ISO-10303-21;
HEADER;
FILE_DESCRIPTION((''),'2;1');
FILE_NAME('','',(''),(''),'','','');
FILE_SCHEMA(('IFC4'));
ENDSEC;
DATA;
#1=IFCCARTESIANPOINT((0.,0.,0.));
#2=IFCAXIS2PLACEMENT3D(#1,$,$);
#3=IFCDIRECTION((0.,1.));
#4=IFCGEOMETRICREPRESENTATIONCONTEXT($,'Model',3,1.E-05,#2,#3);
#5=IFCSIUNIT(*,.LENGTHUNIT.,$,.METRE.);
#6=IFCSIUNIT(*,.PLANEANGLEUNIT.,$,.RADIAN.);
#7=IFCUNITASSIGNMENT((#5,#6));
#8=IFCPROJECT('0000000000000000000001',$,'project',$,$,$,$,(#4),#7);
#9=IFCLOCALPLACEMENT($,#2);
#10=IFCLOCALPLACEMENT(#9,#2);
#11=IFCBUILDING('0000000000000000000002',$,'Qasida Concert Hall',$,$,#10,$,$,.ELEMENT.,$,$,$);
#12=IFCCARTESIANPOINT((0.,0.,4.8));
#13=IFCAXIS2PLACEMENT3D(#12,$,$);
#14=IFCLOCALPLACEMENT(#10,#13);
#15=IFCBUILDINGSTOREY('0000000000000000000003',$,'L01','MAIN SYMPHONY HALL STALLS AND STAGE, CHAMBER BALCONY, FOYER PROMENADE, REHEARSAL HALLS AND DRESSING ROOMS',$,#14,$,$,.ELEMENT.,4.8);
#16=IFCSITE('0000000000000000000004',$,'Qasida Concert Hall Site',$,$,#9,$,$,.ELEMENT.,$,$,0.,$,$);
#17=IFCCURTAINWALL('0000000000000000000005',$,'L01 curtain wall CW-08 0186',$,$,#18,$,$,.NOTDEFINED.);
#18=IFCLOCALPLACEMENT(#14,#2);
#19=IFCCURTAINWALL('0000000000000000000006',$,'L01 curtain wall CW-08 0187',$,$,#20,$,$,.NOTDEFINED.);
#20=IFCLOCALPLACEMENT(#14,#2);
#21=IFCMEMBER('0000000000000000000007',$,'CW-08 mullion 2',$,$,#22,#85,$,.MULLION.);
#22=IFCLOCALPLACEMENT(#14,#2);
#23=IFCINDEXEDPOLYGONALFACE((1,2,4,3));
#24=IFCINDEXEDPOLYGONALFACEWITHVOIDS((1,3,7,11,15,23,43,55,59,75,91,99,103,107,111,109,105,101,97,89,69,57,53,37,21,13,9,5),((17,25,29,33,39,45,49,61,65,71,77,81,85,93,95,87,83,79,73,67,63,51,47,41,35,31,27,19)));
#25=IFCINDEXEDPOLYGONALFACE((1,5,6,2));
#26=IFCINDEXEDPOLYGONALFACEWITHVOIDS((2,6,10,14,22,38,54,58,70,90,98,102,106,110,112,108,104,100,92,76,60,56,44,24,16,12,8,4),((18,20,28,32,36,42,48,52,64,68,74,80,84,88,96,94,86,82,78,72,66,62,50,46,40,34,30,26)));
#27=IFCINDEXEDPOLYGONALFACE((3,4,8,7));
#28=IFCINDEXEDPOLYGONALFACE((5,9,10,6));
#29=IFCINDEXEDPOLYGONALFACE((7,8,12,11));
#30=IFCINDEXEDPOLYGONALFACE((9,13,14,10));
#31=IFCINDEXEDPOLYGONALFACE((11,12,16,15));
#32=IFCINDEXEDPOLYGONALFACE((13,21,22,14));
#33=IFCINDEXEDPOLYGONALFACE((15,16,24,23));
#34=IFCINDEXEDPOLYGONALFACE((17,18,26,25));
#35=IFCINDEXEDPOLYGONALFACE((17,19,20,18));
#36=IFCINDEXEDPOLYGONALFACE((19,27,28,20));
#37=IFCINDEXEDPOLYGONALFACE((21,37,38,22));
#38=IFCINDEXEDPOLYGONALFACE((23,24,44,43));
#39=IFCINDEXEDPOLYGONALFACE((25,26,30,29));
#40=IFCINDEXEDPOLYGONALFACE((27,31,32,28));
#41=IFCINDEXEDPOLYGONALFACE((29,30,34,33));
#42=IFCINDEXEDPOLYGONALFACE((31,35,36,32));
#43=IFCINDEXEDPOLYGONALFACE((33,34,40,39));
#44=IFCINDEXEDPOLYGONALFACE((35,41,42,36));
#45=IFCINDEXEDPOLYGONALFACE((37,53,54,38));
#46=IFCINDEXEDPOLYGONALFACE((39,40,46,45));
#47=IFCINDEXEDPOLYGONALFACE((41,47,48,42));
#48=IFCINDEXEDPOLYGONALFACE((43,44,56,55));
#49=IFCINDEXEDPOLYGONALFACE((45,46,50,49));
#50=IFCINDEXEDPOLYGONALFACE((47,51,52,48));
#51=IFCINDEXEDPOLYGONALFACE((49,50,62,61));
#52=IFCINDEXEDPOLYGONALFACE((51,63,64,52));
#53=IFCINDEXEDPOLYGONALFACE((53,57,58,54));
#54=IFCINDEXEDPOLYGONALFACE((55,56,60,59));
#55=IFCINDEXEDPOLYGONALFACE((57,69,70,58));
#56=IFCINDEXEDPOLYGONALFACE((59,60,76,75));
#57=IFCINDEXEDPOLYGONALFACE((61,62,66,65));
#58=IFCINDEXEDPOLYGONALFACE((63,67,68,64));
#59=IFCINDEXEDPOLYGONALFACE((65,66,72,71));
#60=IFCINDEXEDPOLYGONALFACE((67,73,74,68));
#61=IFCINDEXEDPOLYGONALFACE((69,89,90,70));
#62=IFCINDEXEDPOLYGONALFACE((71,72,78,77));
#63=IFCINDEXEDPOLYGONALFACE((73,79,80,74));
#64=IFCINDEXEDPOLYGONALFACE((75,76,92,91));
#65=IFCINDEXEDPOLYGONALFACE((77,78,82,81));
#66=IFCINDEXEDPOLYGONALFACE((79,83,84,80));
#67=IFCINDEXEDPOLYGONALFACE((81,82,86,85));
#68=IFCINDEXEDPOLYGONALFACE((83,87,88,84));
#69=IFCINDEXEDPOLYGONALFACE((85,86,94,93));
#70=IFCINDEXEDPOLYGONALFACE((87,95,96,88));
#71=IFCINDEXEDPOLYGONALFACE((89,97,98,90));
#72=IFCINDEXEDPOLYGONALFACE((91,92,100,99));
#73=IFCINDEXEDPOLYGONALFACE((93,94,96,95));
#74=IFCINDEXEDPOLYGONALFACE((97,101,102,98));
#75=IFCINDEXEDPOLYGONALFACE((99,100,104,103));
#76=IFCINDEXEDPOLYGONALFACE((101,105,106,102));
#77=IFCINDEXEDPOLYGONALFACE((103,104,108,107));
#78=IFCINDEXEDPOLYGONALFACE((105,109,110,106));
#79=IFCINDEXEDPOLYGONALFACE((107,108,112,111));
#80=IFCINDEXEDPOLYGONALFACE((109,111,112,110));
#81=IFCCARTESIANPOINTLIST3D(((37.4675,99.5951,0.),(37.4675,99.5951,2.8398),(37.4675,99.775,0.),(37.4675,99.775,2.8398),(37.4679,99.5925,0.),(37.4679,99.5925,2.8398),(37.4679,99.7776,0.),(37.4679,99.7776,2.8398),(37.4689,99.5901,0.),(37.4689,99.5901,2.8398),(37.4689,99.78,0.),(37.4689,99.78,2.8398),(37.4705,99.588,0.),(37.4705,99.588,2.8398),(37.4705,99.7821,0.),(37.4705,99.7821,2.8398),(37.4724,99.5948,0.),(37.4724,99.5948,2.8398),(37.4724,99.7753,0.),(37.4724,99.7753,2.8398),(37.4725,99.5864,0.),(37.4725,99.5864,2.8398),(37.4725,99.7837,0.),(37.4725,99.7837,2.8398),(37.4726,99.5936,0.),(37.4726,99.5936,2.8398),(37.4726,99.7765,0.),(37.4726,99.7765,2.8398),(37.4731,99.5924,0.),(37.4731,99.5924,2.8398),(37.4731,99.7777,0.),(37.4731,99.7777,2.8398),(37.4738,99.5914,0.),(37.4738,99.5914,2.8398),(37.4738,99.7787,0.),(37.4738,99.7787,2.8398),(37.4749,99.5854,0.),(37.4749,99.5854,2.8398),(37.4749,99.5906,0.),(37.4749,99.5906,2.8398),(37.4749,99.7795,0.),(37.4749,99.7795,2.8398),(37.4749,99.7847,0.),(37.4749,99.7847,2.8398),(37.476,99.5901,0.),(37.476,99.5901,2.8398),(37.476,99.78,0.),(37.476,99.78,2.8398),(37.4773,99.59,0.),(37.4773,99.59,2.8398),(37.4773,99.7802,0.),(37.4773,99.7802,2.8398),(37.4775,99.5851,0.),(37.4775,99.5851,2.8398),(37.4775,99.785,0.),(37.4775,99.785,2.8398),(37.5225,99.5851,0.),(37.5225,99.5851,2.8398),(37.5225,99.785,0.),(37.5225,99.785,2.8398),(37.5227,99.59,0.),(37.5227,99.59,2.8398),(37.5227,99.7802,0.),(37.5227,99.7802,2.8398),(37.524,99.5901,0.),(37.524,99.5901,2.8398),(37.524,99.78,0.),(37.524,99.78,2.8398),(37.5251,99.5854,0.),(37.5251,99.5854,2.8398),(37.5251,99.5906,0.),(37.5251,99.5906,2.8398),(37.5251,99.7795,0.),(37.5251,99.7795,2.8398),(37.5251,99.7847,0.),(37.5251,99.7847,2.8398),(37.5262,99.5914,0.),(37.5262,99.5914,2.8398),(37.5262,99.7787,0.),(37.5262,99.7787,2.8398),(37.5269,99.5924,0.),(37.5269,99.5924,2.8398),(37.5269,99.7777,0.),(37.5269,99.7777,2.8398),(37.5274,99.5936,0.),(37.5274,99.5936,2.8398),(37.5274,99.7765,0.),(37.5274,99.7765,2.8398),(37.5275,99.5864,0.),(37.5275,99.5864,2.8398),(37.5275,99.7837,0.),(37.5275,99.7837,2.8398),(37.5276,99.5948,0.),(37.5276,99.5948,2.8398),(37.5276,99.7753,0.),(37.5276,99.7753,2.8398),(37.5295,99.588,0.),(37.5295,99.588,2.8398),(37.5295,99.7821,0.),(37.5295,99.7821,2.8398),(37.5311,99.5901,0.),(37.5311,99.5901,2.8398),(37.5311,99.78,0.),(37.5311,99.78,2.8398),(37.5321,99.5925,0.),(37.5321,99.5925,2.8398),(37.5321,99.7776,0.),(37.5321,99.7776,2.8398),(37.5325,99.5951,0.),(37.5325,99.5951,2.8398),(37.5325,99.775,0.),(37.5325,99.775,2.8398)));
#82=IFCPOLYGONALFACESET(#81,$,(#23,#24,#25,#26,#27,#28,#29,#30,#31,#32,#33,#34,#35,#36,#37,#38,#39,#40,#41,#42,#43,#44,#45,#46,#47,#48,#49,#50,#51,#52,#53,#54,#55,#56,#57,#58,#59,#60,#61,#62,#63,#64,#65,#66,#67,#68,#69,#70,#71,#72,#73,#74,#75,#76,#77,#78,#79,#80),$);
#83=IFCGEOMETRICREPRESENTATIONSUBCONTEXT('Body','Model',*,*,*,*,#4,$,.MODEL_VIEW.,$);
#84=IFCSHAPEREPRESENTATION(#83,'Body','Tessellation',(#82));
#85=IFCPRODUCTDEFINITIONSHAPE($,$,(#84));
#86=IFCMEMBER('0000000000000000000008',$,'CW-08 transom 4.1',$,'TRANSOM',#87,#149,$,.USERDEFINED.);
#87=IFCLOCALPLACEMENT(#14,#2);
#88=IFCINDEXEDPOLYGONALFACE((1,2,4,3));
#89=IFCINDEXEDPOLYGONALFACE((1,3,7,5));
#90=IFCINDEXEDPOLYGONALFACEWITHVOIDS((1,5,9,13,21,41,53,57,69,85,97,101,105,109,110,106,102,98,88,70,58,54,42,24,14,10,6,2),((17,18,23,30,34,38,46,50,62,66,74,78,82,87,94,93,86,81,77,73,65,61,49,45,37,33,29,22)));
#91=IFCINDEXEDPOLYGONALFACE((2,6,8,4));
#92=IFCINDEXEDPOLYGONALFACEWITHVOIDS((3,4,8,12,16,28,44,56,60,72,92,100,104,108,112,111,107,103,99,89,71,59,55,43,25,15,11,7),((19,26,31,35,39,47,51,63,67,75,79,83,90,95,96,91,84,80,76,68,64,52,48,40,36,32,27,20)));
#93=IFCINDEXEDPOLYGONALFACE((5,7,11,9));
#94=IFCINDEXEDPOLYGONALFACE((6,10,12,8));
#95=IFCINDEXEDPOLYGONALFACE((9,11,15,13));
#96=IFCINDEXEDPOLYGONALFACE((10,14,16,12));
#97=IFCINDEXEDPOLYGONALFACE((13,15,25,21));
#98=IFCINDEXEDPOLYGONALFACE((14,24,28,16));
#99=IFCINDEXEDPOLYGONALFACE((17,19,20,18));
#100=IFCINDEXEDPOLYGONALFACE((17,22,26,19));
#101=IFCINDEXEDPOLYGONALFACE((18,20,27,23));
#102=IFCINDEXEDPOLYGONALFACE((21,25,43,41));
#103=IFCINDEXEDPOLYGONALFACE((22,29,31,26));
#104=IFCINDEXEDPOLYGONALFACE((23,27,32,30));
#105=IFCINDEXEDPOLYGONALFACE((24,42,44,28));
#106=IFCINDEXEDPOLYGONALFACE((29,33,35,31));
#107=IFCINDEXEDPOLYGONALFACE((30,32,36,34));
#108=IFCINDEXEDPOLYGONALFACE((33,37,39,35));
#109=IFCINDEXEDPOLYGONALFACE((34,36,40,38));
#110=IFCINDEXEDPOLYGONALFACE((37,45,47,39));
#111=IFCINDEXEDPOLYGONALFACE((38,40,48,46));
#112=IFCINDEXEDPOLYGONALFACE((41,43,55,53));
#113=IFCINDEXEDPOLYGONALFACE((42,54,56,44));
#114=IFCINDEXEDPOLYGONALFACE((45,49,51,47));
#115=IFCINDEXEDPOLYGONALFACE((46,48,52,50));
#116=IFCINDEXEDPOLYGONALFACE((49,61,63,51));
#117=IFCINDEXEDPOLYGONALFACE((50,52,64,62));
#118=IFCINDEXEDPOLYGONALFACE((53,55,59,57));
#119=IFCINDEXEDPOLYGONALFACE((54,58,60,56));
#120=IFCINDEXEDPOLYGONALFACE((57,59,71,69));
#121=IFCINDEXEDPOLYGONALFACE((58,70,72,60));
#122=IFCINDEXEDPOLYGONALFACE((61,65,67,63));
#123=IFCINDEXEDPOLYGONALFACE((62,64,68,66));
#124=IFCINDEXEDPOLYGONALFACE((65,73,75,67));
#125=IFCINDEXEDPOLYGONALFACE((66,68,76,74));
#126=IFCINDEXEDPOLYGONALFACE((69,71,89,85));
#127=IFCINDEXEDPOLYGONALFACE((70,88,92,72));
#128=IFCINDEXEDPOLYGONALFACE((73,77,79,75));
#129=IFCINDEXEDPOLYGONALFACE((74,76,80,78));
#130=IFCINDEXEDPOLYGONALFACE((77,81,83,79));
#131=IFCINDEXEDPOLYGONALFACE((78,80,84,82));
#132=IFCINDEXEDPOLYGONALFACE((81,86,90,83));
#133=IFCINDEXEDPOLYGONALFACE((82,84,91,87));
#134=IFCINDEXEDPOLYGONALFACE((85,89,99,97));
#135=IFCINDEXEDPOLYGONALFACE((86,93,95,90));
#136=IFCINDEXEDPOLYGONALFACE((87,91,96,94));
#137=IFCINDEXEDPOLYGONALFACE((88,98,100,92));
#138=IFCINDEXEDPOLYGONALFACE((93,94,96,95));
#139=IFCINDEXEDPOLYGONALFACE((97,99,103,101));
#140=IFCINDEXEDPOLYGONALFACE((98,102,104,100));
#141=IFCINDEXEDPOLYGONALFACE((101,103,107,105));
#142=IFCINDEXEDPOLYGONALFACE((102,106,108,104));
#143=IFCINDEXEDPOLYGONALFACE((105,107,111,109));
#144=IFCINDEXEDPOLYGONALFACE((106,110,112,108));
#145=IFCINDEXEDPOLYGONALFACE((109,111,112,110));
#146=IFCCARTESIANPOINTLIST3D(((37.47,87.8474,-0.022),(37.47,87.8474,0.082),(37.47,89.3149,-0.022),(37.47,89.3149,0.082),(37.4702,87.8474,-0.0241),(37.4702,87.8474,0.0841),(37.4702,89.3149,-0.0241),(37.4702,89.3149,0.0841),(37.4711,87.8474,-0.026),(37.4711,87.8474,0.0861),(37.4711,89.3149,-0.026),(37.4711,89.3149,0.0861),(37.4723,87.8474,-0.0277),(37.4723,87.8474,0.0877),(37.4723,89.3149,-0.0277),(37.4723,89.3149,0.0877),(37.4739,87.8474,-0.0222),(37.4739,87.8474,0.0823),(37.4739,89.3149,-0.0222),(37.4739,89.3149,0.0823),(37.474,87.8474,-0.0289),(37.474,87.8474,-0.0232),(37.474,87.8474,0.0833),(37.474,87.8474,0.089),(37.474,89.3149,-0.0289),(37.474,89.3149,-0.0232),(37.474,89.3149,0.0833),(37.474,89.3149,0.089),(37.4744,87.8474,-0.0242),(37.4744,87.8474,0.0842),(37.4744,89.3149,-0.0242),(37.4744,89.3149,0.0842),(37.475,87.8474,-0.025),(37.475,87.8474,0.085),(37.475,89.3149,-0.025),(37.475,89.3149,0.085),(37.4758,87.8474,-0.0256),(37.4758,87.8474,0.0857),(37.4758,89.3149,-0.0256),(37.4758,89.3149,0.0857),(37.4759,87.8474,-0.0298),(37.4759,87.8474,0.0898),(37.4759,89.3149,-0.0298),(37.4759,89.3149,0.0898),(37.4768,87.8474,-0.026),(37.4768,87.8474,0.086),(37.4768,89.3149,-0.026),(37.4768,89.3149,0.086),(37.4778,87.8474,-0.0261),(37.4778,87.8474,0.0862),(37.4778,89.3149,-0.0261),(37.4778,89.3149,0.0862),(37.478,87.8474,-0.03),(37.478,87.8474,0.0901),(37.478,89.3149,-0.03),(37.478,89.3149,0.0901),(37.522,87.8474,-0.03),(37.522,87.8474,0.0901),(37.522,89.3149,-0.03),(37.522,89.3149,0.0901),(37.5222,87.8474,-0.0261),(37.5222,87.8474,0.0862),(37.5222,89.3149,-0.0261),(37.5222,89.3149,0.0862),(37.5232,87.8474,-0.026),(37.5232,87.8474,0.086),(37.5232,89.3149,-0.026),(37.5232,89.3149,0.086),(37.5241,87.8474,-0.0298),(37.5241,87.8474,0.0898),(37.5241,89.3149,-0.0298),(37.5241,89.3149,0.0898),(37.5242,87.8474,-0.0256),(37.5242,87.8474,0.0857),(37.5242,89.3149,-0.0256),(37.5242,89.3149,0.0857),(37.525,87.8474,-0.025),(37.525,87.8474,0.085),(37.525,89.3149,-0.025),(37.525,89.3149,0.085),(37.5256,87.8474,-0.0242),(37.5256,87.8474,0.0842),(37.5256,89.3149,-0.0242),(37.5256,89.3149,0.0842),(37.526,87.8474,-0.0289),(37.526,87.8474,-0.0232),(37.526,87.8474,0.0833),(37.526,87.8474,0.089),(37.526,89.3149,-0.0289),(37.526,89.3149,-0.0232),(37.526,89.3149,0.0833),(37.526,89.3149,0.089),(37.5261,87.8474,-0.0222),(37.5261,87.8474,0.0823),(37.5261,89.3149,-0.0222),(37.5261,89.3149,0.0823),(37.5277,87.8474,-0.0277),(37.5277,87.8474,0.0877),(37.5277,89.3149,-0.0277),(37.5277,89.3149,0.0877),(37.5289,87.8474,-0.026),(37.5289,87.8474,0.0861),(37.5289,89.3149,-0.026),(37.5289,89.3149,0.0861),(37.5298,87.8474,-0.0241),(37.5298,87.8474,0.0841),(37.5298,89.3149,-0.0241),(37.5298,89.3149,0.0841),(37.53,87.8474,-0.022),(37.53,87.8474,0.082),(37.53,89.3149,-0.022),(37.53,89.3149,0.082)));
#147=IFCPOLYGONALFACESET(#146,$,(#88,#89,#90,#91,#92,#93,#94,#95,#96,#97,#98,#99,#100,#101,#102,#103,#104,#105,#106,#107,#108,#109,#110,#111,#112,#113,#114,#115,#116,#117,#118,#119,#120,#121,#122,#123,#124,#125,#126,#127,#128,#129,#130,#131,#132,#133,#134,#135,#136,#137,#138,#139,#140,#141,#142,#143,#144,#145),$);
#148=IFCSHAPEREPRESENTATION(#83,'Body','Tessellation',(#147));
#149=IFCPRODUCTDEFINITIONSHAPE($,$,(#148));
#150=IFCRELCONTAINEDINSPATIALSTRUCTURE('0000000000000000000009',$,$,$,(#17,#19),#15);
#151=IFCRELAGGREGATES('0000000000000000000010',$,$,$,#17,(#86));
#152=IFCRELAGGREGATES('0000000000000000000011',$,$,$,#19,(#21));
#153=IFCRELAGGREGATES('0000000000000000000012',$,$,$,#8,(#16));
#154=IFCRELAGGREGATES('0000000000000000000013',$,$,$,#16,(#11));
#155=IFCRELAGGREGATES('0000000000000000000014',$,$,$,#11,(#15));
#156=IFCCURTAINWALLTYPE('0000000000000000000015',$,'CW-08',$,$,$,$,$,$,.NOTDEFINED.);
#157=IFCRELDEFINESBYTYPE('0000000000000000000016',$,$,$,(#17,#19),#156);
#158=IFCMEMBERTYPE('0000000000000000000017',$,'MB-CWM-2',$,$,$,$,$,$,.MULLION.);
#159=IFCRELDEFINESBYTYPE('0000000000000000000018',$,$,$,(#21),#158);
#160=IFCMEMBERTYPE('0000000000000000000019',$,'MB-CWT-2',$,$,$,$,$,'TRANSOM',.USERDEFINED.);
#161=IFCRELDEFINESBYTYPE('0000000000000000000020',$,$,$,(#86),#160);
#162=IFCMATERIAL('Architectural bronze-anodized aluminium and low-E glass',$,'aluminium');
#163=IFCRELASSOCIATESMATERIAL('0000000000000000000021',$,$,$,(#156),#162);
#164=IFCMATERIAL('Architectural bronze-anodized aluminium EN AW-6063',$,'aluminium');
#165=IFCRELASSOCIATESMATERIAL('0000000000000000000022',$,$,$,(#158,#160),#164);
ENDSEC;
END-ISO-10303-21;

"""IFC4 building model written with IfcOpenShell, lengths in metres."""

from ifc_helpers import new_model, si_unit, direction, frame, origin, origin_2d, place, context, subcontext, project, spatial, hollow_rectangle, extrude, material, material_profile, profile_set, type_object, element, aggregate, save


model = new_model("IFC4")

# Units and contexts
model_context = context("Model", 3, precision=1e-05, world=origin(), true_north=direction((0.0, 1.0)))
body_context = subcontext(model_context, "Body", "Model", "MODEL_VIEW")
ifc_project = project(units=[si_unit("LENGTHUNIT", "METRE"), si_unit("PLANEANGLEUNIT", "RADIAN")], contexts=[model_context])

# Site, building, storey
site_placement = place(None, origin())
site = spatial("IfcSite", under=ifc_project, at=site_placement, Name="Qasida Concert Hall Site", CompositionType="ELEMENT", RefElevation=0.0)
building_placement = place(site_placement, origin())
building = spatial("IfcBuilding", under=site, at=building_placement, Name="Qasida Concert Hall", CompositionType="ELEMENT")
storey_placement = place(building_placement, frame((0.0, 0.0, 4.8)))
storey = spatial("IfcBuildingStorey", under=building, at=storey_placement, Name="L01", Description="MAIN SYMPHONY HALL STALLS AND STAGE, CHAMBER BALCONY, FOYER PROMENADE, REHEARSAL HALLS AND DRESSING ROOMS", CompositionType="ELEMENT", Elevation=4.8)

# Curtain walls, member
ifc_material_1 = material(Name="Architectural bronze-anodized aluminium and low-E glass", Category="aluminium")
curtain_wall_type = type_object("IfcCurtainWallType", Name="CW-08", PredefinedType="NOTDEFINED", material=ifc_material_1)
curtain_wall_1_placement = place(storey_placement, origin())
curtain_wall_1 = element("IfcCurtainWall", 1, at=curtain_wall_1_placement, inside=storey, type_object=curtain_wall_type, Name="L01 curtain wall CW-08 0186", PredefinedType="NOTDEFINED")
ifc_material_2 = material(Name="Architectural bronze-anodized aluminium EN AW-6063", Category="aluminium")
ifc_material_profile_1 = material_profile(ifc_material_2, hollow_rectangle(XDim=0.0649, YDim=0.2, WallThickness=0.0049, InnerFilletRadius=0.0049, OuterFilletRadius=0.01, at=origin_2d()), Name="CWM 200x65x5")
ifc_profile_set_1 = profile_set([ifc_material_profile_1], Name="Architectural bronze-anodized aluminium EN AW-6063")
member_type_1 = type_object("IfcMemberType", Name="MB-CWM-2", PredefinedType="MULLION", material=ifc_profile_set_1)
curtain_wall_2_placement = place(storey_placement, origin())
curtain_wall_2 = element("IfcCurtainWall", 2, at=curtain_wall_2_placement, inside=storey, type_object=curtain_wall_type, Name="L01 curtain wall CW-08 0187", PredefinedType="NOTDEFINED")
member_1_placement = place(storey_placement, frame((37.5, 99.6851, 0.0), z_axis=(0.0, 0.0, 1.0), x_axis=(-1.0, 0.0, 0.0)))
member_1 = element("IfcMember", 3, at=member_1_placement, type_object=member_type_1, Name="CW-08 mullion 2", PredefinedType="MULLION", context=body_context, shape_type="SweptSolid", body=[
    extrude(hollow_rectangle(XDim=0.0649, YDim=0.2, WallThickness=0.0049, InnerFilletRadius=0.0049, OuterFilletRadius=0.01, at=origin_2d()), origin(), (0.0, 0.0, 1.0), 2.8398),
])

# Member
ifc_material_profile_2 = material_profile(ifc_material_2, hollow_rectangle(XDim=0.0601, YDim=0.1201, WallThickness=0.0039, InnerFilletRadius=0.0039, OuterFilletRadius=0.0081, at=origin_2d()), Name="CWT 120x60x4")
ifc_profile_set_2 = profile_set([ifc_material_profile_2], Name="Architectural bronze-anodized aluminium EN AW-6063")
member_type_2 = type_object("IfcMemberType", Name="MB-CWT-2", ElementType="TRANSOM", PredefinedType="USERDEFINED", material=ifc_profile_set_2)
member_2_placement = place(storey_placement, frame((37.5, 87.8474, 0.03), z_axis=(0.0, 1.0, 0.0), x_axis=(-1.0, 0.0, 0.0)))
member_2 = element("IfcMember", 4, at=member_2_placement, type_object=member_type_2, Name="CW-08 transom 4.1", ObjectType="TRANSOM", PredefinedType="USERDEFINED", context=body_context, shape_type="SweptSolid", body=[
    extrude(hollow_rectangle(XDim=0.0601, YDim=0.1201, WallThickness=0.0039, InnerFilletRadius=0.0039, OuterFilletRadius=0.0081, at=origin_2d()), origin(), (0.0, 0.0, 1.0), 1.4675),
])

aggregate(curtain_wall_1, [member_2])
aggregate(curtain_wall_2, [member_1])

save(model, "model.ifc")
